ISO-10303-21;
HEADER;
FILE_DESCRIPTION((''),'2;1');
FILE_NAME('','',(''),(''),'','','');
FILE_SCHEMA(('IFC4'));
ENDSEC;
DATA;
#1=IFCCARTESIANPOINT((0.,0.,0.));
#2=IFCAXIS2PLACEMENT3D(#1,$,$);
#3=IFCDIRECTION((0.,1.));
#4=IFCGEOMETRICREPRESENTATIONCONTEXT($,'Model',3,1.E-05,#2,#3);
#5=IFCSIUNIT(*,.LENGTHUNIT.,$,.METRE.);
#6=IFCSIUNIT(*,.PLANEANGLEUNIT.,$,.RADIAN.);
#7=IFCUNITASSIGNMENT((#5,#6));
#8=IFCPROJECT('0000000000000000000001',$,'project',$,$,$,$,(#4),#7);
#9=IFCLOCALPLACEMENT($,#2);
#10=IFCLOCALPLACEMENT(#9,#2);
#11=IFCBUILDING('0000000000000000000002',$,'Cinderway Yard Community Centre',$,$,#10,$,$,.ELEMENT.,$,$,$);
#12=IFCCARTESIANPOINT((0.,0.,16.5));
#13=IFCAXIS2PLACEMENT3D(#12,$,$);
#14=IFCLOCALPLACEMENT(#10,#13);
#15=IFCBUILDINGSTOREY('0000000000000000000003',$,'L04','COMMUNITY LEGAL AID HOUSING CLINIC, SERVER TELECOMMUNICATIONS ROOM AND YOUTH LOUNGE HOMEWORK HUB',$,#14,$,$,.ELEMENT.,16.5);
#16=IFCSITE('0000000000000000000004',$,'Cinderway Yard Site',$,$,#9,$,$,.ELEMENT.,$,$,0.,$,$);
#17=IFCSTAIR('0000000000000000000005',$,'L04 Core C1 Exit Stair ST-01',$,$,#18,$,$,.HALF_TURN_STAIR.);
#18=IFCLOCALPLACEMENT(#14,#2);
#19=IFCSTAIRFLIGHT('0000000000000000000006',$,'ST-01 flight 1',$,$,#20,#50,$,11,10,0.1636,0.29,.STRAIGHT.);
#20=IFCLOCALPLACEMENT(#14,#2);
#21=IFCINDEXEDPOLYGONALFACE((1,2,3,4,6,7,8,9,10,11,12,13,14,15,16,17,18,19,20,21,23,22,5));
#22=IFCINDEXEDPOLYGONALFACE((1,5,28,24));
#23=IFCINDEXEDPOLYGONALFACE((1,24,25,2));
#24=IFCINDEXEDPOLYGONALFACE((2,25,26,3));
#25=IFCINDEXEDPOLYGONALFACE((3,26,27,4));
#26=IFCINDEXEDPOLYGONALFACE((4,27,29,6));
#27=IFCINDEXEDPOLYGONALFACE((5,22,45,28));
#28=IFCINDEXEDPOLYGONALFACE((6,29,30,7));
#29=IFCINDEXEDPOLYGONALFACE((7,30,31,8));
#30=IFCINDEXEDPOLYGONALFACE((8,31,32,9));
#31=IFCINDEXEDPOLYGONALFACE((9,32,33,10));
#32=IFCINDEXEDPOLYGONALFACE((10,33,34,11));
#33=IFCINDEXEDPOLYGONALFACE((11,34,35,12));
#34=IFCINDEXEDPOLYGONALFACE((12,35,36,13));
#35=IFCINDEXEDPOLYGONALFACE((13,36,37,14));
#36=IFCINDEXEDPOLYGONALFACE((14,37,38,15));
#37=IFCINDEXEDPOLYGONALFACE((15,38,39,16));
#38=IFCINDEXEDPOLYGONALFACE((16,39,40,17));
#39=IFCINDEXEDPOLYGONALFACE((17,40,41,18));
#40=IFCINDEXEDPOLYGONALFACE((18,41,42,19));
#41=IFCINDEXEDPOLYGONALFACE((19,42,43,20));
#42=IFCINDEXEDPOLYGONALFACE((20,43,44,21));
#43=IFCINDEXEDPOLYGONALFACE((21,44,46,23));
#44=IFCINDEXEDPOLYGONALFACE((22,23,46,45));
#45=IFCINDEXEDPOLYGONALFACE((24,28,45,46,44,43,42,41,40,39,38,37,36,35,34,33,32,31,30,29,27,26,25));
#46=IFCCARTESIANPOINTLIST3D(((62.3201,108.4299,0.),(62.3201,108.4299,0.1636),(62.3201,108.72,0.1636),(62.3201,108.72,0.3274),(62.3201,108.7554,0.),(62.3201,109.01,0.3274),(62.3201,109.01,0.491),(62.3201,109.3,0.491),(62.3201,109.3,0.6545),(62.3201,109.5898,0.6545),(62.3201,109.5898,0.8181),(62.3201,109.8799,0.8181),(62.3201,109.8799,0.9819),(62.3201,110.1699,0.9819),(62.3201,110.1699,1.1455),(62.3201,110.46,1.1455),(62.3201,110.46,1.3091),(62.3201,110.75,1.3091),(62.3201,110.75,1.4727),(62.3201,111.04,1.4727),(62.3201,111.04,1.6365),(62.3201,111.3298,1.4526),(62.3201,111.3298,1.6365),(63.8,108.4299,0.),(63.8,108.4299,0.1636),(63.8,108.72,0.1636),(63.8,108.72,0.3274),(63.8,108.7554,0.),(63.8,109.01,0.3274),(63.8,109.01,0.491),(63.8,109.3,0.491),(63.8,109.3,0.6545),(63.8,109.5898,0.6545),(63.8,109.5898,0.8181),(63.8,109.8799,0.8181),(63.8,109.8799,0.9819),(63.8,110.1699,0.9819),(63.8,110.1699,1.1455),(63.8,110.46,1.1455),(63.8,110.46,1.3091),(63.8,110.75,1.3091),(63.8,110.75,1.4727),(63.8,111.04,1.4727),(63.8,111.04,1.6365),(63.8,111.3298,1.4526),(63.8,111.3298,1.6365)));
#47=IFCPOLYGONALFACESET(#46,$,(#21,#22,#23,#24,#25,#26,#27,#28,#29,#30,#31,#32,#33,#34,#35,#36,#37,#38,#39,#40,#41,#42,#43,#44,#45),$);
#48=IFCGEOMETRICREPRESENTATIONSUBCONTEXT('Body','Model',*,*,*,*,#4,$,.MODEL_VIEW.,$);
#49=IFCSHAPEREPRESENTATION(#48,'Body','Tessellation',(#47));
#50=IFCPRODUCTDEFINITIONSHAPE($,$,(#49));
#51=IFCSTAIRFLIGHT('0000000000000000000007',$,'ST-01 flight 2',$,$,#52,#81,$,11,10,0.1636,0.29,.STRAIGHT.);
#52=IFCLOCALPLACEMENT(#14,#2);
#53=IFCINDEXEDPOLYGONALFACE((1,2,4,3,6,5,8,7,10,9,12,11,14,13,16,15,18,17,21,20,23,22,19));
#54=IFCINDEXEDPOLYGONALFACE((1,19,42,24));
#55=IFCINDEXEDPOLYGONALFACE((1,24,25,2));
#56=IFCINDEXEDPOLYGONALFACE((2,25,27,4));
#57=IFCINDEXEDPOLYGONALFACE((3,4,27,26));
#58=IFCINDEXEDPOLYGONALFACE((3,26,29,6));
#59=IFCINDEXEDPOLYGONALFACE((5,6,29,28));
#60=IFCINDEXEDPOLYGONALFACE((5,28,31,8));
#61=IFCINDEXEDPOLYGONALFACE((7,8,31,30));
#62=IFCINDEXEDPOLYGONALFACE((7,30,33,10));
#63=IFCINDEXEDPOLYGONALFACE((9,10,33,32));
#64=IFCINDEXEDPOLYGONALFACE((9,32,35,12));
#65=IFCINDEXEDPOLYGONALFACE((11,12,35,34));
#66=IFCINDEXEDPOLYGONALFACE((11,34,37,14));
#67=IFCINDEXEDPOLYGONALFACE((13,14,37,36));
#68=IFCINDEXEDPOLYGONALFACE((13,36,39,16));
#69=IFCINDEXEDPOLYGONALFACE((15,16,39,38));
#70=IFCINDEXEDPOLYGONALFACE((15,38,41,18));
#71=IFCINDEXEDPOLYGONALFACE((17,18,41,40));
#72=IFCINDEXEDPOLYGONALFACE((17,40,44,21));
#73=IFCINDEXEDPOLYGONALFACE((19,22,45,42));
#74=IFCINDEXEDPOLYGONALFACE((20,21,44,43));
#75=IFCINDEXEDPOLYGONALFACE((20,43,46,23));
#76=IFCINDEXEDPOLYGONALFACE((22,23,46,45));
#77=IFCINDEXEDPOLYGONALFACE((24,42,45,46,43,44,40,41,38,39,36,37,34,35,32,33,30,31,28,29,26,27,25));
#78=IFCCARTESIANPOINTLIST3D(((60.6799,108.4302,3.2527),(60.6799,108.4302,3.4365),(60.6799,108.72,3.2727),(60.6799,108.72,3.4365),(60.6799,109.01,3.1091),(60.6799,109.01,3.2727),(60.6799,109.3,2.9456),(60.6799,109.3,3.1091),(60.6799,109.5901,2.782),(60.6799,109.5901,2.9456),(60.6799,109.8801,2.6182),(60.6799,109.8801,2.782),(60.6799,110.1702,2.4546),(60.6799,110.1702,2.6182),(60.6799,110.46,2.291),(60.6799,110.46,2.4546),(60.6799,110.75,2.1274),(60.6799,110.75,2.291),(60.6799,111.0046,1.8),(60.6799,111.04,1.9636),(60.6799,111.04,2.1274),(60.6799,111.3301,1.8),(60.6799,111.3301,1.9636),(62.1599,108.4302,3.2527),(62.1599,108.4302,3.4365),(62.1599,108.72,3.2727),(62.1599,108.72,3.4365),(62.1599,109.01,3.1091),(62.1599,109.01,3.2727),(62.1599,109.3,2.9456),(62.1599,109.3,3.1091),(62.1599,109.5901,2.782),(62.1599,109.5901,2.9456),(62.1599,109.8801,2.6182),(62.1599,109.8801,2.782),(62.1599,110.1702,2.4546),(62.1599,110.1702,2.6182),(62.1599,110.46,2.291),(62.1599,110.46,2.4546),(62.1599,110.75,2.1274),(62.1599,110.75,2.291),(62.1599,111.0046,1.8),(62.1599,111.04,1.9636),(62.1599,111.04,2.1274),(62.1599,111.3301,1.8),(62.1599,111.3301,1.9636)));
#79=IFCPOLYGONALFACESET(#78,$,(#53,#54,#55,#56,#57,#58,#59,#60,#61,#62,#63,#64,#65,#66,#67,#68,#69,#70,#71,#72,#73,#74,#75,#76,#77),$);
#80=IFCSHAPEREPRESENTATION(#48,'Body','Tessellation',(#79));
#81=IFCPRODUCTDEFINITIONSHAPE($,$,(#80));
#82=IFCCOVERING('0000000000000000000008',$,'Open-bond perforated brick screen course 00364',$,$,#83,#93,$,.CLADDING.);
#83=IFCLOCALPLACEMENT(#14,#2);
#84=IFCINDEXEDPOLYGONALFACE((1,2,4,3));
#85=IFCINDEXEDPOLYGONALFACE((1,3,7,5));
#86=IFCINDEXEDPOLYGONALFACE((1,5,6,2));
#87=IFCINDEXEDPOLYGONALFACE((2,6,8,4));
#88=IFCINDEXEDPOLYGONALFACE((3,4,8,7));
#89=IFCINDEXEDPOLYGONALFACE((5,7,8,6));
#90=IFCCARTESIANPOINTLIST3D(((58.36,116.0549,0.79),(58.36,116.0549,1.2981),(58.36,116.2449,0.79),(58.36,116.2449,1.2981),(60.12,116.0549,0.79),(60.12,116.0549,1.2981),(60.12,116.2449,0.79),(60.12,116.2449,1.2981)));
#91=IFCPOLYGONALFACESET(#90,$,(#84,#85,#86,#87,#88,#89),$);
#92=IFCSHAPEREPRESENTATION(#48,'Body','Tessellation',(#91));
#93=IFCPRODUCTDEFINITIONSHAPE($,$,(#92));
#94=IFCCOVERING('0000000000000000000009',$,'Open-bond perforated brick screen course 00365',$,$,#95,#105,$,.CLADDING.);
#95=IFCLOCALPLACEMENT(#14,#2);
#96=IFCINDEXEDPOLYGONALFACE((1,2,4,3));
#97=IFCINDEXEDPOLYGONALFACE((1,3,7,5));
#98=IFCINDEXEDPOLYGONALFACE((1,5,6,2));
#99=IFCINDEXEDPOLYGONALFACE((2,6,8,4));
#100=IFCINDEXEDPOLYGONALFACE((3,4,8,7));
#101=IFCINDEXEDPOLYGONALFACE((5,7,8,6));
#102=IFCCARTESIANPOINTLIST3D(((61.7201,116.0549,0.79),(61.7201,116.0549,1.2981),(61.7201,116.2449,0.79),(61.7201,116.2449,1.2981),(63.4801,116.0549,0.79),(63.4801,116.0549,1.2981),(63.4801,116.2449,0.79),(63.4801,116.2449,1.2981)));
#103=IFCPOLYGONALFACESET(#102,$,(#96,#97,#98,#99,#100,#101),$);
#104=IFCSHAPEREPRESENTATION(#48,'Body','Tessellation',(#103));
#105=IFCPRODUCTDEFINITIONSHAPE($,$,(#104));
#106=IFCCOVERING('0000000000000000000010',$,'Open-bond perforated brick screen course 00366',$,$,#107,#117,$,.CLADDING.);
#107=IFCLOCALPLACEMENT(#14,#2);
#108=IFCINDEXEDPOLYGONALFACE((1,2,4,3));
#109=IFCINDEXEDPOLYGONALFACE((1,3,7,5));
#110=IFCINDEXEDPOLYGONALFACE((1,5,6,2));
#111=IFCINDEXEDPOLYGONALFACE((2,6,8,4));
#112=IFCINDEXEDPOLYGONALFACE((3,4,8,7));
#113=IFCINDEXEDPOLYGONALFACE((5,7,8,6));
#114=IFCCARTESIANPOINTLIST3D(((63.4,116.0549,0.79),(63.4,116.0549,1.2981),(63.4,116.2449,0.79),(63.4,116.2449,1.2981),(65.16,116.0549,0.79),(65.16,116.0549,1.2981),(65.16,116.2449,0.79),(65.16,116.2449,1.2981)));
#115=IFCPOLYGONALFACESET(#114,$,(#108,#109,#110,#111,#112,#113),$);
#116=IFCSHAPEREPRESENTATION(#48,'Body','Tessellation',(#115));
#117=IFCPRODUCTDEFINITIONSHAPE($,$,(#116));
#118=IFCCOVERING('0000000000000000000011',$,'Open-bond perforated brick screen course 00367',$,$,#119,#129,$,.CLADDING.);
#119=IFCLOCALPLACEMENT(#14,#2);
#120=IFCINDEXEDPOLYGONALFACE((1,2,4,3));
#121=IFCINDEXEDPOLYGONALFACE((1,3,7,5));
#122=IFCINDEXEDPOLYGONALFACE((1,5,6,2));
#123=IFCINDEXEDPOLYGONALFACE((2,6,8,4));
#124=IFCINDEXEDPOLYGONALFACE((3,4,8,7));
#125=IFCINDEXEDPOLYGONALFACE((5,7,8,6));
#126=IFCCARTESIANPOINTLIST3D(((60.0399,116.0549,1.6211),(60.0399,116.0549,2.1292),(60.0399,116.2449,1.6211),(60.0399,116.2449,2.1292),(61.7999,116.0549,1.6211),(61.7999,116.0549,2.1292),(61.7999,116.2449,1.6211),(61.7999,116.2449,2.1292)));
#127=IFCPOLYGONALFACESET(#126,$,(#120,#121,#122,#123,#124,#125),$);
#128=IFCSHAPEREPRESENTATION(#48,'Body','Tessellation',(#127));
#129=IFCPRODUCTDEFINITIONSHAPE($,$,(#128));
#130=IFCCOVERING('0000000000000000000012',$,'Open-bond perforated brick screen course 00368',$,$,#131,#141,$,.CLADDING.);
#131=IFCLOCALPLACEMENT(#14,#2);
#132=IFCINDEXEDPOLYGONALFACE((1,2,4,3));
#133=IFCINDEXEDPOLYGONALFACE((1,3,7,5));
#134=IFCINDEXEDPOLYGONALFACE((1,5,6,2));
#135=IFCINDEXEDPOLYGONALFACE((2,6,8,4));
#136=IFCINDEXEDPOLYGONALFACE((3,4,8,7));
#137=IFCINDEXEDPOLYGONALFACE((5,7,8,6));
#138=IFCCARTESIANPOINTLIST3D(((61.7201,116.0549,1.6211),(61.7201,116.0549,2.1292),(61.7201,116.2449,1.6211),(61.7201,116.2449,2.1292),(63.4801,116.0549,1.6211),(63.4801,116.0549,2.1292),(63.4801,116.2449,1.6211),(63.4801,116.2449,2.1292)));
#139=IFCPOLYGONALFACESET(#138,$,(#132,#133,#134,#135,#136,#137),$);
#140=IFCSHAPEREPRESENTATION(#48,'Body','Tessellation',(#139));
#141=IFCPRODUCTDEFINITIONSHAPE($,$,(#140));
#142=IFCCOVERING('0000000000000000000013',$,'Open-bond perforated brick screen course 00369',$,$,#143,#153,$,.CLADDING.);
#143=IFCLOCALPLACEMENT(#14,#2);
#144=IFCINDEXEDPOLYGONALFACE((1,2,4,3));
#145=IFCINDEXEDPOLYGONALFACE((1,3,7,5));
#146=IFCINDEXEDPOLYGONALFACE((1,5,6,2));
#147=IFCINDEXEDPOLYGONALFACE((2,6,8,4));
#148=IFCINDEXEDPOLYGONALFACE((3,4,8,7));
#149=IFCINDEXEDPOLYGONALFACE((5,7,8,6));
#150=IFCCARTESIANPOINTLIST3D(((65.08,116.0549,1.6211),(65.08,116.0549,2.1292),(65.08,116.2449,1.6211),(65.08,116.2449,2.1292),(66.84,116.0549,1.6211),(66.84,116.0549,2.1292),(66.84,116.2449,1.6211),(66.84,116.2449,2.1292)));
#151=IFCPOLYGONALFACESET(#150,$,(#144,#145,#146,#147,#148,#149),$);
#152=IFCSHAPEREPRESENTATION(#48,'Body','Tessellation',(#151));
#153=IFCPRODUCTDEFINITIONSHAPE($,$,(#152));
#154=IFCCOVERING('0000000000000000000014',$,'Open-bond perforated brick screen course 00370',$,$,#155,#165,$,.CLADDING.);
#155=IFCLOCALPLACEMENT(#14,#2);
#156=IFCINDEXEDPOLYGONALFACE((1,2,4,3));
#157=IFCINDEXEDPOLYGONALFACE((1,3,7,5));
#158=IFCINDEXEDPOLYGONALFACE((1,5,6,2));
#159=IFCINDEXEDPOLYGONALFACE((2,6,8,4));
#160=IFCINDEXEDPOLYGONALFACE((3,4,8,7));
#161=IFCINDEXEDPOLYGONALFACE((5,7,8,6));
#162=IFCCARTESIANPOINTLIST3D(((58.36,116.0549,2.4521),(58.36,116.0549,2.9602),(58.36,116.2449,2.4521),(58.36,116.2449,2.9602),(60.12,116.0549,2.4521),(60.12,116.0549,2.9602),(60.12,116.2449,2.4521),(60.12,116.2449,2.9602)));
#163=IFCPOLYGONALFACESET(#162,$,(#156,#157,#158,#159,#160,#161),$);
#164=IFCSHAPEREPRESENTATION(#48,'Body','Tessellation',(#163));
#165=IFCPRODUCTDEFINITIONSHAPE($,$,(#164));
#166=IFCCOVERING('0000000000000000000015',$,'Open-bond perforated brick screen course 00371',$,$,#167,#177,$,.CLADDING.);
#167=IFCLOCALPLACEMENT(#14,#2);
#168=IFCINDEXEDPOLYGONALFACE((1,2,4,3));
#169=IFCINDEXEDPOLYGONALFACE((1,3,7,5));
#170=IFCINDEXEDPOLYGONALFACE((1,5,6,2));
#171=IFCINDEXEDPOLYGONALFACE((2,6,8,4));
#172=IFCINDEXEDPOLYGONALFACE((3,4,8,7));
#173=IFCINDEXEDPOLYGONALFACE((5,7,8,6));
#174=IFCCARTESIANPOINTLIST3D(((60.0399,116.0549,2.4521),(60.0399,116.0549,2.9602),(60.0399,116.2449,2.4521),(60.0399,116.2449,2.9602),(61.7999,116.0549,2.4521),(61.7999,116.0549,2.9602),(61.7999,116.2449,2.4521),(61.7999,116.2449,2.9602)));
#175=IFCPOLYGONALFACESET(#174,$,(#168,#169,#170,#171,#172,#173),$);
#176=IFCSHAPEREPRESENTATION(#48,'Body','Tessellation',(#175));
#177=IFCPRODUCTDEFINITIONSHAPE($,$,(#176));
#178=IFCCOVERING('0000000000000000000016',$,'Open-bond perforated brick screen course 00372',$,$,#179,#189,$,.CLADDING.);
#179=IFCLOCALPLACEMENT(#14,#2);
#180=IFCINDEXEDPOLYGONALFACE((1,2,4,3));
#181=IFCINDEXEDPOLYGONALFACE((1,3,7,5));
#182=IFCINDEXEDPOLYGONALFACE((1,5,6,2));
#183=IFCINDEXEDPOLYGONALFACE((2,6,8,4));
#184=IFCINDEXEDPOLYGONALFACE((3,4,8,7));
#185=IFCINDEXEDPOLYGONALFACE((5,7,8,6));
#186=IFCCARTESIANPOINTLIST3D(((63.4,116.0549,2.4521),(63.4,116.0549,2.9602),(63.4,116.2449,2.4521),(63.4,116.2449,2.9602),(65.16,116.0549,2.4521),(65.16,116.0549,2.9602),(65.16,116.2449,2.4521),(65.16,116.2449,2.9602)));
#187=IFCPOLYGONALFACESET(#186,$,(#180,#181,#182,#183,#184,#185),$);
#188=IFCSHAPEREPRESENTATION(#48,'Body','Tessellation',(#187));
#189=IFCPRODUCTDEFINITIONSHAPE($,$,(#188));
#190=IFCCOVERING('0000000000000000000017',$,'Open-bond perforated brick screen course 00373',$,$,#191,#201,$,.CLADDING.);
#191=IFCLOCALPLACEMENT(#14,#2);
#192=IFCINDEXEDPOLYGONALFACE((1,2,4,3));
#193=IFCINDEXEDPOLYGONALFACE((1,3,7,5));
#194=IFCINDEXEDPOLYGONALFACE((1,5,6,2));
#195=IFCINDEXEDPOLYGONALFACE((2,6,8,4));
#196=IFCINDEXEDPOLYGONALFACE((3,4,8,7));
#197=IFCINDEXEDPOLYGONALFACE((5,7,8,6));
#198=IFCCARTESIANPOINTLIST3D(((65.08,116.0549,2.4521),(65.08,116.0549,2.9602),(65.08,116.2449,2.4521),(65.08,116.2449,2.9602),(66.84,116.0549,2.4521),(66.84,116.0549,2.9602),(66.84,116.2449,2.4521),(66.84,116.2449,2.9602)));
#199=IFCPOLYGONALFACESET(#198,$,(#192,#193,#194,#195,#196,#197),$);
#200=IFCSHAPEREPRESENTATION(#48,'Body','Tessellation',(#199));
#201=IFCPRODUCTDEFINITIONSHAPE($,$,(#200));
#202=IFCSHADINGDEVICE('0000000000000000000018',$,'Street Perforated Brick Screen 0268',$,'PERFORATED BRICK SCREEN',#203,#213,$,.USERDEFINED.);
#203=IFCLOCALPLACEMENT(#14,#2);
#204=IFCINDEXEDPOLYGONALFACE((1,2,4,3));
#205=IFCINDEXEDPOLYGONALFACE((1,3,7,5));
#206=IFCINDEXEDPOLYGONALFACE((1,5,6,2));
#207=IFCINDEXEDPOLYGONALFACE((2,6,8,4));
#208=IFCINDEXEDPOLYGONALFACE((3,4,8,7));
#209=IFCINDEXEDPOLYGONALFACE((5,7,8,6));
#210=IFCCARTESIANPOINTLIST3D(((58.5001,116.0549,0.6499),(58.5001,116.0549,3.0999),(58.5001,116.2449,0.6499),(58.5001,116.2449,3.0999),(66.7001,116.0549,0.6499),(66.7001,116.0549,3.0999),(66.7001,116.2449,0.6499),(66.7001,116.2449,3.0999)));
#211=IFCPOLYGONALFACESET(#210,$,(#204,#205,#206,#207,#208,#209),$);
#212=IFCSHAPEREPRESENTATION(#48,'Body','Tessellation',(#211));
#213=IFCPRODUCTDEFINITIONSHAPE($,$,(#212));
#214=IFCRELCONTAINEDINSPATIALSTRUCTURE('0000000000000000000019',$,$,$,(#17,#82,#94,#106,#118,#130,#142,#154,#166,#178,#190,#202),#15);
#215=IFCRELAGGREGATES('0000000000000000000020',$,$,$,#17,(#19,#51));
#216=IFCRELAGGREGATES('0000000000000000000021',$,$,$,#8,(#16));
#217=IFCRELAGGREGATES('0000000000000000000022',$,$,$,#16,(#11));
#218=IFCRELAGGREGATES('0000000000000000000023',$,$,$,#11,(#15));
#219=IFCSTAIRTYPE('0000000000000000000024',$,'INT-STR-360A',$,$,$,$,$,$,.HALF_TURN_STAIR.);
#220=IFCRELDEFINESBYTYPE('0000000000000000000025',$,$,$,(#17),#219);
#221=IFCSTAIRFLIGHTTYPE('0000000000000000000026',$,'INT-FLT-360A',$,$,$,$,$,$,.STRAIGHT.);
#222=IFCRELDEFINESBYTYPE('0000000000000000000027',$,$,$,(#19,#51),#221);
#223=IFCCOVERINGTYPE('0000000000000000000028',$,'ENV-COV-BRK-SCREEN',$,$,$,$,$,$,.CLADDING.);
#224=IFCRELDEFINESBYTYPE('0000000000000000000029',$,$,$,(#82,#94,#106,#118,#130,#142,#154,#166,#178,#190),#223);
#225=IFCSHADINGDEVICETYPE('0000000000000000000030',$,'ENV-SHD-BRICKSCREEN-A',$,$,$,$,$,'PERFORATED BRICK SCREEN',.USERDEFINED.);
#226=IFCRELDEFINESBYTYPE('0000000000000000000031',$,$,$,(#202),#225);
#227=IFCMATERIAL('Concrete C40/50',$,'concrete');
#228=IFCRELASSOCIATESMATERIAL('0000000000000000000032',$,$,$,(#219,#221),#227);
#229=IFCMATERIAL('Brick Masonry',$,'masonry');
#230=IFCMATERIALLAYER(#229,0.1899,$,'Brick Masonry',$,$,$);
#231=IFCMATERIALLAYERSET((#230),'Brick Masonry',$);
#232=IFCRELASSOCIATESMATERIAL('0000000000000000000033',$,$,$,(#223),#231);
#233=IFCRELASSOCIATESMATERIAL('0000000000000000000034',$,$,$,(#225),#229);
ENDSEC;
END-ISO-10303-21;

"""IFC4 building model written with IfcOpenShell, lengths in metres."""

from ifc_helpers import new_model, si_unit, direction, frame, origin, origin_2d, place, context, subcontext, project, spatial, polyline, rectangle, outline, extrude, material, layer, layer_set, type_object, element, aggregate, save


model = new_model("IFC4")

# Units and contexts
model_context = context("Model", 3, precision=1e-05, world=origin(), true_north=direction((0.0, 1.0)))
body_context = subcontext(model_context, "Body", "Model", "MODEL_VIEW")
ifc_project = project(units=[si_unit("LENGTHUNIT", "METRE"), si_unit("PLANEANGLEUNIT", "RADIAN")], contexts=[model_context])

# Site, building, storey
site_placement = place(None, origin())
site = spatial("IfcSite", under=ifc_project, at=site_placement, Name="Cinderway Yard Site", CompositionType="ELEMENT", RefElevation=0.0)
building_placement = place(site_placement, origin())
building = spatial("IfcBuilding", under=site, at=building_placement, Name="Cinderway Yard Community Centre", CompositionType="ELEMENT")
storey_placement = place(building_placement, frame((0.0, 0.0, 16.5)))
storey = spatial("IfcBuildingStorey", under=building, at=storey_placement, Name="L04", Description="COMMUNITY LEGAL AID HOUSING CLINIC, SERVER TELECOMMUNICATIONS ROOM AND YOUTH LOUNGE HOMEWORK HUB", CompositionType="ELEMENT", Elevation=16.5)

# Shared definitions
ifc_material_1 = material(Name="Brick Masonry", Category="masonry")
ifc_material_2 = material(Name="Concrete C40/50", Category="concrete")

# Stair, stair flights
stair_type = type_object("IfcStairType", Name="INT-STR-360A", PredefinedType="HALF_TURN_STAIR", material=ifc_material_2)
stair_placement = place(storey_placement, origin())
stair = element("IfcStair", 1, at=stair_placement, inside=storey, type_object=stair_type, Name="L04 Core C1 Exit Stair ST-01", PredefinedType="HALF_TURN_STAIR")
stair_flight_type = type_object("IfcStairFlightType", Name="INT-FLT-360A", PredefinedType="STRAIGHT", material=ifc_material_2)
stair_flight_1_placement = place(storey_placement, frame((63.0601, 108.4299, 0.0), z_axis=(0.0, 0.0, 1.0), x_axis=(0.0, 1.0, 0.0)))
stair_flight_1 = element("IfcStairFlight", 2, at=stair_flight_1_placement, type_object=stair_flight_type, Name="ST-01 flight 1", NumberOfRisers=11, NumberOfTreads=10, PredefinedType="STRAIGHT", RiserHeight=0.1636, TreadLength=0.29, context=body_context, shape_type="SweptSolid", body=[
    extrude(outline(polyline([(0.0, 0.0), (0.0, 0.1636), (0.29, 0.1636), (0.29, 0.3274), (0.5801, 0.3274), (0.5801, 0.491), (0.8701, 0.491), (0.8701, 0.6545), (1.1599, 0.6545), (1.1599, 0.8181), (1.45, 0.8181), (1.45, 0.9819), (1.74, 0.9819), (1.74, 1.1455), (2.03, 1.1455), (2.03, 1.3091), (2.3201, 1.3091), (2.3201, 1.4727), (2.6101, 1.4727), (2.6101, 1.6365), (2.8999, 1.6365), (2.8999, 1.8), (2.8999, 1.4526), (0.3254, 0.0), (0.0, 0.0)])), frame((0.0, 0.74, 0.0), z_axis=(0.0, -1.0, 0.0), x_axis=(1.0, 0.0, 0.0)), (0.0, 0.0, 1.0), 1.48),
])
stair_flight_2_placement = place(storey_placement, frame((61.4199, 111.3301, 1.8), z_axis=(0.0, 0.0, 1.0), x_axis=(0.0, -1.0, 0.0)))
stair_flight_2 = element("IfcStairFlight", 3, at=stair_flight_2_placement, type_object=stair_flight_type, Name="ST-01 flight 2", NumberOfRisers=11, NumberOfTreads=10, PredefinedType="STRAIGHT", RiserHeight=0.1636, TreadLength=0.29, context=body_context, shape_type="SweptSolid", body=[
    extrude(outline(polyline([(0.0, 0.0), (0.0, 0.1636), (0.29, 0.1636), (0.29, 0.3274), (0.5801, 0.3274), (0.5801, 0.491), (0.8701, 0.491), (0.8701, 0.6545), (1.1599, 0.6545), (1.1599, 0.8181), (1.45, 0.8181), (1.45, 0.9819), (1.74, 0.9819), (1.74, 1.1455), (2.03, 1.1455), (2.03, 1.3091), (2.3201, 1.3091), (2.3201, 1.4727), (2.6101, 1.4727), (2.6101, 1.6365), (2.8999, 1.6365), (2.8999, 1.8), (2.8999, 1.4526), (0.3254, 0.0), (0.0, 0.0)])), frame((0.0, 0.74, 0.0), z_axis=(0.0, -1.0, 0.0), x_axis=(1.0, 0.0, 0.0)), (0.0, 0.0, 1.0), 1.48),
])
aggregate(stair, [stair_flight_1, stair_flight_2])

# Coverings
ifc_layer_1 = layer(ifc_material_1, 0.1899, Name="Brick Masonry")
ifc_layer_set_1 = layer_set([ifc_layer_1], Name="Brick Masonry")
covering_type = type_object("IfcCoveringType", Name="ENV-COV-BRK-SCREEN", PredefinedType="CLADDING", material=ifc_layer_set_1)
for number, where, z_axis, x_axis, name in (
    (4, (59.24, 116.1499, 0.79), (0.0, 0.0, 1.0), (1.0, 0.0, 0.0), "Open-bond perforated brick screen course 00364"),
    (5, (62.6001, 116.1499, 0.79), (0.0, 0.0, 1.0), (1.0, 0.0, 0.0), "Open-bond perforated brick screen course 00365"),
    (6, (64.28, 116.1499, 0.79), (0.0, 0.0, 1.0), (1.0, 0.0, 0.0), "Open-bond perforated brick screen course 00366"),
    (7, (60.9199, 116.1499, 1.6211), (0.0, 0.0, 1.0), (1.0, 0.0, 0.0), "Open-bond perforated brick screen course 00367"),
    (8, (62.6001, 116.1499, 1.6211), (0.0, 0.0, 1.0), (1.0, 0.0, 0.0), "Open-bond perforated brick screen course 00368"),
    (9, (65.96, 116.1499, 1.6211), (0.0, 0.0, 1.0), (1.0, 0.0, 0.0), "Open-bond perforated brick screen course 00369"),
    (10, (59.24, 116.1499, 2.4521), (0.0, 0.0, 1.0), (1.0, 0.0, 0.0), "Open-bond perforated brick screen course 00370"),
    (11, (60.9199, 116.1499, 2.4521), (0.0, 0.0, 1.0), (1.0, 0.0, 0.0), "Open-bond perforated brick screen course 00371"),
    (12, (64.28, 116.1499, 2.4521), (0.0, 0.0, 1.0), (1.0, 0.0, 0.0), "Open-bond perforated brick screen course 00372"),
    (13, (65.96, 116.1499, 2.4521), (0.0, 0.0, 1.0), (1.0, 0.0, 0.0), "Open-bond perforated brick screen course 00373"),
):
    element("IfcCovering", number, at=place(storey_placement, frame(where, z_axis=z_axis, x_axis=x_axis)), inside=storey, type_object=covering_type, Name=name, PredefinedType="CLADDING", context=body_context, shape_type="SweptSolid", body=[
        extrude(rectangle(XDim=1.76, YDim=0.1899, at=origin_2d()), origin(), (0.0, 0.0, 1.0), 0.5081),
    ])

# Shading device
shading_device_type = type_object("IfcShadingDeviceType", Name="ENV-SHD-BRICKSCREEN-A", ElementType="PERFORATED BRICK SCREEN", PredefinedType="USERDEFINED", material=ifc_material_1)
shading_device_placement = place(storey_placement, frame((62.6001, 116.1499, 0.6499), z_axis=(0.0, 0.0, 1.0), x_axis=(1.0, 0.0, 0.0)))
element("IfcShadingDevice", 14, at=shading_device_placement, inside=storey, type_object=shading_device_type, Name="Street Perforated Brick Screen 0268", ObjectType="PERFORATED BRICK SCREEN", PredefinedType="USERDEFINED", context=body_context, shape_type="SweptSolid", body=[
    extrude(rectangle(XDim=8.2, YDim=0.1899, at=origin_2d()), origin(), (0.0, 0.0, 1.0), 2.45),
])

save(model, "model.ifc")
